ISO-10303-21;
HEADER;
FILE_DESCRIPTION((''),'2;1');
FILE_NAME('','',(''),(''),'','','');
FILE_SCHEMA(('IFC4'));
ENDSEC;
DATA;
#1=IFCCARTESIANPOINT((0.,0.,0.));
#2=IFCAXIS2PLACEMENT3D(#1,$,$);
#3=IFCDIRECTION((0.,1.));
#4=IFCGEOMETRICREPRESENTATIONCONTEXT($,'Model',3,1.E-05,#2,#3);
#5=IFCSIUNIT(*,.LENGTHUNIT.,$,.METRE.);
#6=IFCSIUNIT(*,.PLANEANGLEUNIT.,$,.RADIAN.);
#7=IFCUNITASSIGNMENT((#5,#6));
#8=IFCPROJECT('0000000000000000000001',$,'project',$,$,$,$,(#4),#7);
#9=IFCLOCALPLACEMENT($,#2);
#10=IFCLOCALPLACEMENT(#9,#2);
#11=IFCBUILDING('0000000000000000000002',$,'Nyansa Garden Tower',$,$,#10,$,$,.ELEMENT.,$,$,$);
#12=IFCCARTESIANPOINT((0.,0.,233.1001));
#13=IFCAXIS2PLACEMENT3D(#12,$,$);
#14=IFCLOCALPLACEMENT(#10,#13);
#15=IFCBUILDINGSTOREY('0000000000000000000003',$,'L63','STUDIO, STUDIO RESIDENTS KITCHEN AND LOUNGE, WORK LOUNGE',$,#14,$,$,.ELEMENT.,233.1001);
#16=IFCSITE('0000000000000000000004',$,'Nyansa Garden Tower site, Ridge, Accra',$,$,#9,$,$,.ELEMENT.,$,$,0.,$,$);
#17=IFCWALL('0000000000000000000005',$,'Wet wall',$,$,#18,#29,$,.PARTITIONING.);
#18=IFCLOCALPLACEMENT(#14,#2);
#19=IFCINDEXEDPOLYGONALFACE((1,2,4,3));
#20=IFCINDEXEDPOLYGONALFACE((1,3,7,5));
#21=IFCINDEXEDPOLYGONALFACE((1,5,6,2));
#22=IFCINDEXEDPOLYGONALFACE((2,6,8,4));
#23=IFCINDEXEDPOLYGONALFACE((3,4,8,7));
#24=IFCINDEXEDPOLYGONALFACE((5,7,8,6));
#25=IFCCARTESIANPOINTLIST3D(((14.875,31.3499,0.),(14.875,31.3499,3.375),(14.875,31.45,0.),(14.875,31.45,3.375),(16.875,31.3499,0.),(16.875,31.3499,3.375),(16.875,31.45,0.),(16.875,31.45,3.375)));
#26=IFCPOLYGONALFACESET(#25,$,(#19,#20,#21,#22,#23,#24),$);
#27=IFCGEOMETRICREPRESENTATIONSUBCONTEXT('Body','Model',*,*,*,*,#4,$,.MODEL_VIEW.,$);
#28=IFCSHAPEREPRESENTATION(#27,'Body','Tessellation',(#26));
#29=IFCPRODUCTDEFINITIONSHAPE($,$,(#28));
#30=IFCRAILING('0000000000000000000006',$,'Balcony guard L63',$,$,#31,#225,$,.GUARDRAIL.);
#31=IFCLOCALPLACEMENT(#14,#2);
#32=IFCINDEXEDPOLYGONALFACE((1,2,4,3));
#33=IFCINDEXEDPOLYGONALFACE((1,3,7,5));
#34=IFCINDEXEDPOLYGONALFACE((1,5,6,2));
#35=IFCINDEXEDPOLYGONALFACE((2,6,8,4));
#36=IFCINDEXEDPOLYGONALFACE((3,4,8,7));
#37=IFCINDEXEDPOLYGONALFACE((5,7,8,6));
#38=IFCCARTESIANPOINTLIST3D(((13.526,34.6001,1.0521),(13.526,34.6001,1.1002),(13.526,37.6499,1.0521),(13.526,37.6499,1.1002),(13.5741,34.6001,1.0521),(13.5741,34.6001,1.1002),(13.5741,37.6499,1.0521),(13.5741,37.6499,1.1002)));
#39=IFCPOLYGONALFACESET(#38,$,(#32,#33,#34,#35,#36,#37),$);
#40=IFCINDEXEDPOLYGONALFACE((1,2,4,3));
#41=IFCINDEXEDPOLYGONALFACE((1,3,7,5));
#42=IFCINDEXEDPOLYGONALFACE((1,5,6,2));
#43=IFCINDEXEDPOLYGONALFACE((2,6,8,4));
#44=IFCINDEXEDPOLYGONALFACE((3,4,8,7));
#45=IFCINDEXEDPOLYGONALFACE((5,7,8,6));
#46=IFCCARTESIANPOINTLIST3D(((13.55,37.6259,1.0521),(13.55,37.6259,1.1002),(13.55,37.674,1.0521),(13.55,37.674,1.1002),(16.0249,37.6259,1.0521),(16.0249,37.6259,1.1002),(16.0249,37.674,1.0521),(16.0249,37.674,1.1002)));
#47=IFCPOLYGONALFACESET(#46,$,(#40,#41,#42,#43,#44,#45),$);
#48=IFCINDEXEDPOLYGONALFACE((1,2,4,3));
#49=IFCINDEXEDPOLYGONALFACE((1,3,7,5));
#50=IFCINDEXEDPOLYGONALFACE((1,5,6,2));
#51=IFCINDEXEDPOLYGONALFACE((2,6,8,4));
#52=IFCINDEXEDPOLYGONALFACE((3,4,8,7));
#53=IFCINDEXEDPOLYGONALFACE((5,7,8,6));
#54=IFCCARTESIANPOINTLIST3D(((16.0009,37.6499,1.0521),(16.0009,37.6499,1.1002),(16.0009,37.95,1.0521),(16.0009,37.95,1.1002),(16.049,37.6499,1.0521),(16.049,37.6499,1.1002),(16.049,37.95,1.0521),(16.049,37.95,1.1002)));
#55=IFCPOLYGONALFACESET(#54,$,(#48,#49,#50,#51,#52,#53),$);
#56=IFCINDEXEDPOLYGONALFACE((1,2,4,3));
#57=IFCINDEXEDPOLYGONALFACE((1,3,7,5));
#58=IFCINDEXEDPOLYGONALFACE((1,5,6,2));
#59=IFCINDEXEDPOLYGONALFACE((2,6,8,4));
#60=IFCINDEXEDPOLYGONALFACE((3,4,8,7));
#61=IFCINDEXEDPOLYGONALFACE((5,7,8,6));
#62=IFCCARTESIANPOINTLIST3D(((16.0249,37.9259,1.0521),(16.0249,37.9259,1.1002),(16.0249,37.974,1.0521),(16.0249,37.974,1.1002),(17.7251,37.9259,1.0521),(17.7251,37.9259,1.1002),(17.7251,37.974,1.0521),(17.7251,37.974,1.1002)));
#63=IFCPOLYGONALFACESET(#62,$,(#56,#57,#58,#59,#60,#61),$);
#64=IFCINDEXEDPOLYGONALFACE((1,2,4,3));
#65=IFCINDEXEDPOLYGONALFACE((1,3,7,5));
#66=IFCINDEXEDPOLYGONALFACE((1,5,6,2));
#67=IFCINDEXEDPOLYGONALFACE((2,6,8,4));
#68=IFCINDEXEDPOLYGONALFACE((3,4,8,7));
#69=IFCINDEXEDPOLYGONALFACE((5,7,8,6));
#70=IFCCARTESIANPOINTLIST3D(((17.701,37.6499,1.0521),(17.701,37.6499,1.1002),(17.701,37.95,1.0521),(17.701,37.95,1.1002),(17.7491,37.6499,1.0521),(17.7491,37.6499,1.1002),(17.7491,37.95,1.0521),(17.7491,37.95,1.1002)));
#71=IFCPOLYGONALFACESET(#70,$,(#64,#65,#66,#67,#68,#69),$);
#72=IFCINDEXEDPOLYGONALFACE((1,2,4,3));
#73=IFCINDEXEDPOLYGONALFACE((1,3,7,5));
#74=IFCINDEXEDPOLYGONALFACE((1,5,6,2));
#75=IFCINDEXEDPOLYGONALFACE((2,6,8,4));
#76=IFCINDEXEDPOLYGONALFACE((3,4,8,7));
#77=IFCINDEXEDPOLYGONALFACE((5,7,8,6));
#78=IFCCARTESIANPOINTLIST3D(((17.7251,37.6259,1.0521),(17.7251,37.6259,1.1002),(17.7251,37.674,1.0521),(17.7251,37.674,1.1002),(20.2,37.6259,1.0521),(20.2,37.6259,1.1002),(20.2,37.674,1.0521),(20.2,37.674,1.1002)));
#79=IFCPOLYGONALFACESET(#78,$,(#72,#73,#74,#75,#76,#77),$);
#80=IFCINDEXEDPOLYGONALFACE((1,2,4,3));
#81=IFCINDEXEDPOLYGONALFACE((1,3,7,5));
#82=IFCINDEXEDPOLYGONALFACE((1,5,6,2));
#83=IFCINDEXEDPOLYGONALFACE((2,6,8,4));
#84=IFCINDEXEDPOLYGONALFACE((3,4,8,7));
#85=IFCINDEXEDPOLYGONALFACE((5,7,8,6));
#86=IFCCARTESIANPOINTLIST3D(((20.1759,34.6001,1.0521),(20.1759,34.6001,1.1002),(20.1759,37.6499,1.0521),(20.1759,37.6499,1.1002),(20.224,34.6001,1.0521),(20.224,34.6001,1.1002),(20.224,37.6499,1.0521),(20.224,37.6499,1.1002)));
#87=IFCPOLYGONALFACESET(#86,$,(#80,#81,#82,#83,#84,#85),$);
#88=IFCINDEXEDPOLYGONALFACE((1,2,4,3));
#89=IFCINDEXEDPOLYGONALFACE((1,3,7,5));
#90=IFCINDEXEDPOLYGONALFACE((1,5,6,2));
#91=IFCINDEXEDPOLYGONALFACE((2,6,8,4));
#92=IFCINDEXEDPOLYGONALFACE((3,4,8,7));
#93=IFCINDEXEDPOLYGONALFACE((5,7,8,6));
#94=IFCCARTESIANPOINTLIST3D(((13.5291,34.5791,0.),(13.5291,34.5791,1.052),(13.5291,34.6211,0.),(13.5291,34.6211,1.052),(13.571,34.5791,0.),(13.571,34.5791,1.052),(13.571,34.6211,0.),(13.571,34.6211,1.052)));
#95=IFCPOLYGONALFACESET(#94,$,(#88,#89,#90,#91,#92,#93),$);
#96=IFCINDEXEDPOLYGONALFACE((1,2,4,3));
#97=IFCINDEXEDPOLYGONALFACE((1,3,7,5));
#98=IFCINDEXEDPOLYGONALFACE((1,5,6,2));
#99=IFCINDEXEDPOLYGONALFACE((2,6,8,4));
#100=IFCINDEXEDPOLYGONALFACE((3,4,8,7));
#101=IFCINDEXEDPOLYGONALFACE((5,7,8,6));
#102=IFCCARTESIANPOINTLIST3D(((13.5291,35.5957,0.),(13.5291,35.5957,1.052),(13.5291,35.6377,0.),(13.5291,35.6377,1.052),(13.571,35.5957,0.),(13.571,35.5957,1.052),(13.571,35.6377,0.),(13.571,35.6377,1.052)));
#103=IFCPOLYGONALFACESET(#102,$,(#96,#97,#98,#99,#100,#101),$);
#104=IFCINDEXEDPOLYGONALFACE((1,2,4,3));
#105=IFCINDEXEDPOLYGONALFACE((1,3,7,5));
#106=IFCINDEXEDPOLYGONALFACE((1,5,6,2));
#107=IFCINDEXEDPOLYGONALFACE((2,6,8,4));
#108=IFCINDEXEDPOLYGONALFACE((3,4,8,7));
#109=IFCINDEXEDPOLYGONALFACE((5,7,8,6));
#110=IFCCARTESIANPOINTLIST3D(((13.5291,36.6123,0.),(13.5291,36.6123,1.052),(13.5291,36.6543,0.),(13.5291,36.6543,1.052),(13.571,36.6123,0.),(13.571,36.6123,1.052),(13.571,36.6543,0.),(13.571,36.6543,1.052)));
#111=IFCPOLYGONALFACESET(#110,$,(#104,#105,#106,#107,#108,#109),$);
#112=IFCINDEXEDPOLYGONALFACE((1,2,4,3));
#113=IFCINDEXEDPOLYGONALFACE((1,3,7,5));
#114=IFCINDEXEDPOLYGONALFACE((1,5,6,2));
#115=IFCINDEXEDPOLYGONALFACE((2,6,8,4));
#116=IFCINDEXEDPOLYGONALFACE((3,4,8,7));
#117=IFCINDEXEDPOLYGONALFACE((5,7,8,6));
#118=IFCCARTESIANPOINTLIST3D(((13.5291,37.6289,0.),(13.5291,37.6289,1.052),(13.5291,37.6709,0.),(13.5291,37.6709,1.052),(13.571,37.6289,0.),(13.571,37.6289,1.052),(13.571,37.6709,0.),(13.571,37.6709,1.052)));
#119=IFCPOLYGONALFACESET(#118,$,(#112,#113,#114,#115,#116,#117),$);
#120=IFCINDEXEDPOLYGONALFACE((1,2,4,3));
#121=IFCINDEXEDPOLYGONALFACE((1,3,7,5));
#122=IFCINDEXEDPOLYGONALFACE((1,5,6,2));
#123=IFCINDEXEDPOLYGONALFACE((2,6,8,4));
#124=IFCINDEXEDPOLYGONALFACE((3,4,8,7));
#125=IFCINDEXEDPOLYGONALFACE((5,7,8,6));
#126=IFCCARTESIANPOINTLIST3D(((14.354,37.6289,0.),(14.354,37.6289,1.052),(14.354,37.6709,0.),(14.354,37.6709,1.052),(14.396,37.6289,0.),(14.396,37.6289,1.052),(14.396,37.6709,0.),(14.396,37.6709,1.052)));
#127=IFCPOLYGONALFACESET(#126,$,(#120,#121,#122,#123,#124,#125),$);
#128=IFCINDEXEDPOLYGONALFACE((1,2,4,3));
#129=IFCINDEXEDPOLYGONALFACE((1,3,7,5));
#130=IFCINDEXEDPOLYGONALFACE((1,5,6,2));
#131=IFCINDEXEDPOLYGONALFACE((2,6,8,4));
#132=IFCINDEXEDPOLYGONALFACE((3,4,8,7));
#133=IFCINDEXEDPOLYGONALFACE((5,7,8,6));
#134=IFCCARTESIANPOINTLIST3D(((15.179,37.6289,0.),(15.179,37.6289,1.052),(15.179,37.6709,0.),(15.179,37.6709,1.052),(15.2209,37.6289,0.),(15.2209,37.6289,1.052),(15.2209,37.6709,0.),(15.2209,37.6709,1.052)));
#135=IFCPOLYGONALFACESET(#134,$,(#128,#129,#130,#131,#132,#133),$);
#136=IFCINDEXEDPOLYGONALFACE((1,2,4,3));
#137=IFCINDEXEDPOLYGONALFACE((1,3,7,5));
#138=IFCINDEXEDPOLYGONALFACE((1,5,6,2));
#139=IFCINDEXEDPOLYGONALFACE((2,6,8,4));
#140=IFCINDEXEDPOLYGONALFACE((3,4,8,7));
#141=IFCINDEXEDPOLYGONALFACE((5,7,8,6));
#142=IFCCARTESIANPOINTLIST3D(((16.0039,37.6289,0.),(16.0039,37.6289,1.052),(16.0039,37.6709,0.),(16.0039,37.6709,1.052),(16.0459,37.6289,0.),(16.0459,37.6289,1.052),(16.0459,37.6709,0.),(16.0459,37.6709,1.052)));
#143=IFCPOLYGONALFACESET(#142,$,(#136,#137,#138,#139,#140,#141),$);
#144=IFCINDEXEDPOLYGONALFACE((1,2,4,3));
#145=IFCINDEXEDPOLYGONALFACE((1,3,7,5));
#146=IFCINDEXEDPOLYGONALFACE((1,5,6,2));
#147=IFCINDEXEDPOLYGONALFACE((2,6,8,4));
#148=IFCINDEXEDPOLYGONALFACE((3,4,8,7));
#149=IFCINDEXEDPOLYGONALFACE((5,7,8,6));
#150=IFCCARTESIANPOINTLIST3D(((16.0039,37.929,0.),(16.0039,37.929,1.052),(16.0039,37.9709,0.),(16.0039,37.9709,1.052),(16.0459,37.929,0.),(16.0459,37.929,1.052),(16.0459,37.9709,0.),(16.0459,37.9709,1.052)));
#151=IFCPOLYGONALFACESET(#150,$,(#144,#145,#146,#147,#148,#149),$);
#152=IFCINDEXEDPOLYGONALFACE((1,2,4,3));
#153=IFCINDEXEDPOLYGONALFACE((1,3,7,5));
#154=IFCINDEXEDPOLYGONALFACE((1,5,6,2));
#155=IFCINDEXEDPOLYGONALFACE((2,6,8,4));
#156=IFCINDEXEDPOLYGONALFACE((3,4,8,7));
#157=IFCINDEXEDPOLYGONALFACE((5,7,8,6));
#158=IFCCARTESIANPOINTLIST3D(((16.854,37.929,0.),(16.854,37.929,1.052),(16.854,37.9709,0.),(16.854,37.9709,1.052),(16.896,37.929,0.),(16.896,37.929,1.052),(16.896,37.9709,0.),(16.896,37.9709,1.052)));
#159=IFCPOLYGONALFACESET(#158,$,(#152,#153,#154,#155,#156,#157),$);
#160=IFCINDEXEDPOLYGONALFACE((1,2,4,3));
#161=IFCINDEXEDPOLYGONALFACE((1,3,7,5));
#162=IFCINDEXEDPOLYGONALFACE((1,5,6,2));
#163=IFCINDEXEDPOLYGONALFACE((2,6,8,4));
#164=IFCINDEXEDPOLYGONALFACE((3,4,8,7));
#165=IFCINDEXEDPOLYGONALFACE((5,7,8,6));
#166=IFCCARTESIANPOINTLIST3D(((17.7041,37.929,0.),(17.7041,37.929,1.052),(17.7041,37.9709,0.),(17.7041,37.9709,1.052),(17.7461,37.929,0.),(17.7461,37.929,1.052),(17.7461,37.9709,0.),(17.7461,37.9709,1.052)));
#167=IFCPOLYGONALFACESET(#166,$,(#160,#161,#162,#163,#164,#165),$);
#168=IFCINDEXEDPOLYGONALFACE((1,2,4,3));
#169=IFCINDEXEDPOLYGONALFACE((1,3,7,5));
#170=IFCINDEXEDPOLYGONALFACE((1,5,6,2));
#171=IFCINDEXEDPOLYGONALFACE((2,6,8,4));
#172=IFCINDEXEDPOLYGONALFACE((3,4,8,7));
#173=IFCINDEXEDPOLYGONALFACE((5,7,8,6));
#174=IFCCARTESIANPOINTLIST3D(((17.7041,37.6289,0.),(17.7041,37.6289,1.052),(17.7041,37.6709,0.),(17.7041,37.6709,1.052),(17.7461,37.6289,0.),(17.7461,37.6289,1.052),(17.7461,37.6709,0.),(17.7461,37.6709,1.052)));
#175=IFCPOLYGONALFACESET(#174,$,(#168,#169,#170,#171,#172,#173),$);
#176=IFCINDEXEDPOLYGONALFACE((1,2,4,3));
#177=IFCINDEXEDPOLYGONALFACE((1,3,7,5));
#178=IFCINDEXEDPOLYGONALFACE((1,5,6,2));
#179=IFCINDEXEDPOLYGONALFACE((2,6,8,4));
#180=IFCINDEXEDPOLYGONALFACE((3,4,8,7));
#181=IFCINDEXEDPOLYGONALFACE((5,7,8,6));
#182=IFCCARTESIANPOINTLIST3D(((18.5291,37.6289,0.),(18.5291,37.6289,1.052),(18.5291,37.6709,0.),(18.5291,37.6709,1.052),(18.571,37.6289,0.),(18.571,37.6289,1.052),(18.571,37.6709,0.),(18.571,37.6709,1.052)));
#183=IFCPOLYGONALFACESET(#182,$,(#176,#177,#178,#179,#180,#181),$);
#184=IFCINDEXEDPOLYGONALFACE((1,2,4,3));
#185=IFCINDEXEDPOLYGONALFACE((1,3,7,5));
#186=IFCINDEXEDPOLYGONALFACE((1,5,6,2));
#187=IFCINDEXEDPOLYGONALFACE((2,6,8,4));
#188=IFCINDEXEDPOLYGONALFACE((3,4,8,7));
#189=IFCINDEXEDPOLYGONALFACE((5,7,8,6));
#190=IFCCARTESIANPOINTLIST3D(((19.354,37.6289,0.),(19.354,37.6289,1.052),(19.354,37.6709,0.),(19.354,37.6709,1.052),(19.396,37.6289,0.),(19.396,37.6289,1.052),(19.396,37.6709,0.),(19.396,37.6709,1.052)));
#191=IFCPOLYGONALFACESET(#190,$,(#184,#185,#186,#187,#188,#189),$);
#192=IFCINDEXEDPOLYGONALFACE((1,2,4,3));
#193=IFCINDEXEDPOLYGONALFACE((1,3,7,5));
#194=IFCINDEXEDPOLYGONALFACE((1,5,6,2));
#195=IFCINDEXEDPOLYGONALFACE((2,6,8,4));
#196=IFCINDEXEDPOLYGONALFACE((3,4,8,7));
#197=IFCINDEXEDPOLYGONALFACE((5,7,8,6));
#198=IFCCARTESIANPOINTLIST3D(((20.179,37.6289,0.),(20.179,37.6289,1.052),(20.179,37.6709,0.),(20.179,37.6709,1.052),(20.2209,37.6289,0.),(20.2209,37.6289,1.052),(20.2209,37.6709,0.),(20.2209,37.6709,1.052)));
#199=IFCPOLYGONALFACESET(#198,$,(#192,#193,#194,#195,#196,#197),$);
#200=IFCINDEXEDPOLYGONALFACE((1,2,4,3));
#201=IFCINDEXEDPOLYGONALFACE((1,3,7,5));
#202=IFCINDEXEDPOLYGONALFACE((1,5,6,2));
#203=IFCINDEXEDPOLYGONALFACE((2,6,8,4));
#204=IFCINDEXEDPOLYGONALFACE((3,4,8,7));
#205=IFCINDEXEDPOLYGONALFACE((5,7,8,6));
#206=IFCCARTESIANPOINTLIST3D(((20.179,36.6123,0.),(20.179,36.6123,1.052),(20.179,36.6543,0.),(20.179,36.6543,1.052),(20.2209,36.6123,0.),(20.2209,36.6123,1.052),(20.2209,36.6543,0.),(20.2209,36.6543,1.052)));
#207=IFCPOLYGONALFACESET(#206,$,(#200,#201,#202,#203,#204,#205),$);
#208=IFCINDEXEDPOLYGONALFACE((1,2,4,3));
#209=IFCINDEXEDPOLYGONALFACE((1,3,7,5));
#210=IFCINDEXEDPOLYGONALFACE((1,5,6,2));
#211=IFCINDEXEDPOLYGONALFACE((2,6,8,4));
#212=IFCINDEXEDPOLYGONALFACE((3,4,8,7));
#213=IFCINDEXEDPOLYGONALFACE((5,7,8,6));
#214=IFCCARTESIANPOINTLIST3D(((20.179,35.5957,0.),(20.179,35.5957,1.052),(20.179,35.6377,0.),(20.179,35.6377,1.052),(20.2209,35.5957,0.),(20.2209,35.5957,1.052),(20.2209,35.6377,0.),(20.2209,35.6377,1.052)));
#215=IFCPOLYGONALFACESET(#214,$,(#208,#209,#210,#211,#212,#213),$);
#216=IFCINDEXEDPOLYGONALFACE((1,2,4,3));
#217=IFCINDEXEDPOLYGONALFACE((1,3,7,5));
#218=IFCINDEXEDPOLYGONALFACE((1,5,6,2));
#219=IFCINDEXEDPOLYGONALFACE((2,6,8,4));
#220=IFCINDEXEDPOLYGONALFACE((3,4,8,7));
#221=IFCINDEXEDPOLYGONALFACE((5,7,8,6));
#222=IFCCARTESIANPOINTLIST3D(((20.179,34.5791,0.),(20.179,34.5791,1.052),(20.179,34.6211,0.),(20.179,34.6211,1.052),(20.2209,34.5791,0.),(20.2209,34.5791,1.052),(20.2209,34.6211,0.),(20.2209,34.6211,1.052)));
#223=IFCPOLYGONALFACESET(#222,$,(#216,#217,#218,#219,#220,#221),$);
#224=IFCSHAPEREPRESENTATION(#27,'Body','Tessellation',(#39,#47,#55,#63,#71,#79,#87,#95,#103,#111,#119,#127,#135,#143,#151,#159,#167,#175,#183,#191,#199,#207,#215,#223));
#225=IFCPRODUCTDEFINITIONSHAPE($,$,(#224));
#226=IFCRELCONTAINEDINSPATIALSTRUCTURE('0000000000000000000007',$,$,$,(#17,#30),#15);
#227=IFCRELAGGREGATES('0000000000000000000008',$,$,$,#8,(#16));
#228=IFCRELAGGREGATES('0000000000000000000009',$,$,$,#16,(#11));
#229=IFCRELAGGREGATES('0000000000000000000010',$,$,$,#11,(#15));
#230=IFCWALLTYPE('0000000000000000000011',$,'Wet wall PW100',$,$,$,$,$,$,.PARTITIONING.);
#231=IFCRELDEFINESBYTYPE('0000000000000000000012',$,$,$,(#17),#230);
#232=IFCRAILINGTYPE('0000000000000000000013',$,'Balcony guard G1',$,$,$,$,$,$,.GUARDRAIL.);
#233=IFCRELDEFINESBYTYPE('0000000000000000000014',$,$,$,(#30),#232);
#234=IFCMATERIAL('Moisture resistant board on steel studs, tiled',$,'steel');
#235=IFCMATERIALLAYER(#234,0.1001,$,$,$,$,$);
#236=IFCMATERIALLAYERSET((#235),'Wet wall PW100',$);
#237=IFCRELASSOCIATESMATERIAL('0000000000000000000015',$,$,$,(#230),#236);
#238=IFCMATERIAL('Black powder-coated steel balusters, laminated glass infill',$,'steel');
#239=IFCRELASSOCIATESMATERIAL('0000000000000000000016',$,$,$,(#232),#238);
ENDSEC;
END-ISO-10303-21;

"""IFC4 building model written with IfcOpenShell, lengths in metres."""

from ifc_helpers import new_model, si_unit, direction, frame, frame_2d, origin, origin_2d, place, context, subcontext, project, spatial, rectangle, extrude, material, layer, layer_set, type_object, element, save


model = new_model("IFC4")

# Units and contexts
model_context = context("Model", 3, precision=1e-05, world=origin(), true_north=direction((0.0, 1.0)))
body_context = subcontext(model_context, "Body", "Model", "MODEL_VIEW")
ifc_project = project(units=[si_unit("LENGTHUNIT", "METRE"), si_unit("PLANEANGLEUNIT", "RADIAN")], contexts=[model_context])

# Site, building, storey
site_placement = place(None, origin())
site = spatial("IfcSite", under=ifc_project, at=site_placement, Name="Nyansa Garden Tower site, Ridge, Accra", CompositionType="ELEMENT", RefElevation=0.0)
building_placement = place(site_placement, origin())
building = spatial("IfcBuilding", under=site, at=building_placement, Name="Nyansa Garden Tower", CompositionType="ELEMENT")
storey_placement = place(building_placement, frame((0.0, 0.0, 233.1001)))
storey = spatial("IfcBuildingStorey", under=building, at=storey_placement, Name="L63", Description="STUDIO, STUDIO RESIDENTS KITCHEN AND LOUNGE, WORK LOUNGE", CompositionType="ELEMENT", Elevation=233.1001)

# Shared definitions
ifc_material_1 = material(Name="Moisture resistant board on steel studs, tiled", Category="steel")
ifc_layer_1 = layer(ifc_material_1, 0.1001)
ifc_layer_set_1 = layer_set([ifc_layer_1], Name="Wet wall PW100")
wall_type_1 = type_object("IfcWallType", Name="Wet wall PW100", PredefinedType="PARTITIONING", material=ifc_layer_set_1)

# Wall
wall_1_placement = place(storey_placement, frame((14.875, 31.3999, 0.0), z_axis=(0.0, 0.0, 1.0), x_axis=(1.0, 0.0, 0.0)))
element("IfcWall", 1, at=wall_1_placement, inside=storey, type_object=wall_type_1, Name="Wet wall", PredefinedType="PARTITIONING", context=body_context, shape_type="SweptSolid", body=[
    extrude(rectangle(XDim=2.0, YDim=0.1001, at=frame_2d((1.0, 0.0))), origin(), (0.0, 0.0, 1.0), 3.375),
])

# Railing
ifc_material_2 = material(Name="Black powder-coated steel balusters, laminated glass infill", Category="steel")
railing_type = type_object("IfcRailingType", Name="Balcony guard G1", PredefinedType="GUARDRAIL", material=ifc_material_2)
railing_placement = place(storey_placement, frame((13.55, 34.6001, 0.0)))
element("IfcRailing", 2, at=railing_placement, inside=storey, type_object=railing_type, Name="Balcony guard L63", PredefinedType="GUARDRAIL", context=body_context, shape_type="SweptSolid", body=[
    extrude(rectangle(XDim=0.0481, YDim=0.0481, at=origin_2d()), frame((0.0, 0.0, 1.0762), z_axis=(0.0, 1.0, 0.0), x_axis=(-1.0, 0.0, 0.0)), (0.0, 0.0, 1.0), 3.0498),
    extrude(rectangle(XDim=0.0481, YDim=0.0481, at=origin_2d()), frame((0.0, 3.0498, 1.0762), z_axis=(1.0, 0.0, 0.0), x_axis=(0.0, 1.0, 0.0)), (0.0, 0.0, 1.0), 2.4749),
    extrude(rectangle(XDim=0.0481, YDim=0.0481, at=origin_2d()), frame((2.4749, 3.0498, 1.0762), z_axis=(0.0, 1.0, 0.0), x_axis=(-1.0, 0.0, 0.0)), (0.0, 0.0, 1.0), 0.3),
    extrude(rectangle(XDim=0.0481, YDim=0.0481, at=origin_2d()), frame((2.4749, 3.3499, 1.0762), z_axis=(1.0, 0.0, 0.0), x_axis=(0.0, 1.0, 0.0)), (0.0, 0.0, 1.0), 1.7002),
    extrude(rectangle(XDim=0.0481, YDim=0.0481, at=origin_2d()), frame((4.175, 3.3499, 1.0762), z_axis=(0.0, -1.0, 0.0), x_axis=(1.0, 0.0, 0.0)), (0.0, 0.0, 1.0), 0.3),
    extrude(rectangle(XDim=0.0481, YDim=0.0481, at=origin_2d()), frame((4.175, 3.0498, 1.0762), z_axis=(1.0, 0.0, 0.0), x_axis=(0.0, 1.0, 0.0)), (0.0, 0.0, 1.0), 2.4749),
    extrude(rectangle(XDim=0.0481, YDim=0.0481, at=origin_2d()), frame((6.6499, 3.0498, 1.0762), z_axis=(0.0, -1.0, 0.0), x_axis=(1.0, 0.0, 0.0)), (0.0, 0.0, 1.0), 3.0498),
    extrude(rectangle(XDim=0.042, YDim=0.042, at=origin_2d()), origin(), (0.0, 0.0, 1.0), 1.052),
    extrude(rectangle(XDim=0.042, YDim=0.042, at=origin_2d()), frame((0.0, 1.0166, 0.0)), (0.0, 0.0, 1.0), 1.052),
    extrude(rectangle(XDim=0.042, YDim=0.042, at=origin_2d()), frame((0.0, 2.0332, 0.0)), (0.0, 0.0, 1.0), 1.052),
    extrude(rectangle(XDim=0.042, YDim=0.042, at=origin_2d()), frame((0.0, 3.0498, 0.0)), (0.0, 0.0, 1.0), 1.052),
    extrude(rectangle(XDim=0.042, YDim=0.042, at=origin_2d()), frame((0.825, 3.0498, 0.0)), (0.0, 0.0, 1.0), 1.052),
    extrude(rectangle(XDim=0.042, YDim=0.042, at=origin_2d()), frame((1.6499, 3.0498, 0.0)), (0.0, 0.0, 1.0), 1.052),
    extrude(rectangle(XDim=0.042, YDim=0.042, at=origin_2d()), frame((2.4749, 3.0498, 0.0)), (0.0, 0.0, 1.0), 1.052),
    extrude(rectangle(XDim=0.042, YDim=0.042, at=origin_2d()), frame((2.4749, 3.3499, 0.0)), (0.0, 0.0, 1.0), 1.052),
    extrude(rectangle(XDim=0.042, YDim=0.042, at=origin_2d()), frame((3.325, 3.3499, 0.0)), (0.0, 0.0, 1.0), 1.052),
    extrude(rectangle(XDim=0.042, YDim=0.042, at=origin_2d()), frame((4.175, 3.3499, 0.0)), (0.0, 0.0, 1.0), 1.052),
    extrude(rectangle(XDim=0.042, YDim=0.042, at=origin_2d()), frame((4.175, 3.0498, 0.0)), (0.0, 0.0, 1.0), 1.052),
    extrude(rectangle(XDim=0.042, YDim=0.042, at=origin_2d()), frame((5.0, 3.0498, 0.0)), (0.0, 0.0, 1.0), 1.052),
    extrude(rectangle(XDim=0.042, YDim=0.042, at=origin_2d()), frame((5.825, 3.0498, 0.0)), (0.0, 0.0, 1.0), 1.052),
    extrude(rectangle(XDim=0.042, YDim=0.042, at=origin_2d()), frame((6.6499, 3.0498, 0.0)), (0.0, 0.0, 1.0), 1.052),
    extrude(rectangle(XDim=0.042, YDim=0.042, at=origin_2d()), frame((6.6499, 2.0332, 0.0)), (0.0, 0.0, 1.0), 1.052),
    extrude(rectangle(XDim=0.042, YDim=0.042, at=origin_2d()), frame((6.6499, 1.0166, 0.0)), (0.0, 0.0, 1.0), 1.052),
    extrude(rectangle(XDim=0.042, YDim=0.042, at=origin_2d()), frame((6.6499, 0.0, 0.0)), (0.0, 0.0, 1.0), 1.052),
])

save(model, "model.ifc")
